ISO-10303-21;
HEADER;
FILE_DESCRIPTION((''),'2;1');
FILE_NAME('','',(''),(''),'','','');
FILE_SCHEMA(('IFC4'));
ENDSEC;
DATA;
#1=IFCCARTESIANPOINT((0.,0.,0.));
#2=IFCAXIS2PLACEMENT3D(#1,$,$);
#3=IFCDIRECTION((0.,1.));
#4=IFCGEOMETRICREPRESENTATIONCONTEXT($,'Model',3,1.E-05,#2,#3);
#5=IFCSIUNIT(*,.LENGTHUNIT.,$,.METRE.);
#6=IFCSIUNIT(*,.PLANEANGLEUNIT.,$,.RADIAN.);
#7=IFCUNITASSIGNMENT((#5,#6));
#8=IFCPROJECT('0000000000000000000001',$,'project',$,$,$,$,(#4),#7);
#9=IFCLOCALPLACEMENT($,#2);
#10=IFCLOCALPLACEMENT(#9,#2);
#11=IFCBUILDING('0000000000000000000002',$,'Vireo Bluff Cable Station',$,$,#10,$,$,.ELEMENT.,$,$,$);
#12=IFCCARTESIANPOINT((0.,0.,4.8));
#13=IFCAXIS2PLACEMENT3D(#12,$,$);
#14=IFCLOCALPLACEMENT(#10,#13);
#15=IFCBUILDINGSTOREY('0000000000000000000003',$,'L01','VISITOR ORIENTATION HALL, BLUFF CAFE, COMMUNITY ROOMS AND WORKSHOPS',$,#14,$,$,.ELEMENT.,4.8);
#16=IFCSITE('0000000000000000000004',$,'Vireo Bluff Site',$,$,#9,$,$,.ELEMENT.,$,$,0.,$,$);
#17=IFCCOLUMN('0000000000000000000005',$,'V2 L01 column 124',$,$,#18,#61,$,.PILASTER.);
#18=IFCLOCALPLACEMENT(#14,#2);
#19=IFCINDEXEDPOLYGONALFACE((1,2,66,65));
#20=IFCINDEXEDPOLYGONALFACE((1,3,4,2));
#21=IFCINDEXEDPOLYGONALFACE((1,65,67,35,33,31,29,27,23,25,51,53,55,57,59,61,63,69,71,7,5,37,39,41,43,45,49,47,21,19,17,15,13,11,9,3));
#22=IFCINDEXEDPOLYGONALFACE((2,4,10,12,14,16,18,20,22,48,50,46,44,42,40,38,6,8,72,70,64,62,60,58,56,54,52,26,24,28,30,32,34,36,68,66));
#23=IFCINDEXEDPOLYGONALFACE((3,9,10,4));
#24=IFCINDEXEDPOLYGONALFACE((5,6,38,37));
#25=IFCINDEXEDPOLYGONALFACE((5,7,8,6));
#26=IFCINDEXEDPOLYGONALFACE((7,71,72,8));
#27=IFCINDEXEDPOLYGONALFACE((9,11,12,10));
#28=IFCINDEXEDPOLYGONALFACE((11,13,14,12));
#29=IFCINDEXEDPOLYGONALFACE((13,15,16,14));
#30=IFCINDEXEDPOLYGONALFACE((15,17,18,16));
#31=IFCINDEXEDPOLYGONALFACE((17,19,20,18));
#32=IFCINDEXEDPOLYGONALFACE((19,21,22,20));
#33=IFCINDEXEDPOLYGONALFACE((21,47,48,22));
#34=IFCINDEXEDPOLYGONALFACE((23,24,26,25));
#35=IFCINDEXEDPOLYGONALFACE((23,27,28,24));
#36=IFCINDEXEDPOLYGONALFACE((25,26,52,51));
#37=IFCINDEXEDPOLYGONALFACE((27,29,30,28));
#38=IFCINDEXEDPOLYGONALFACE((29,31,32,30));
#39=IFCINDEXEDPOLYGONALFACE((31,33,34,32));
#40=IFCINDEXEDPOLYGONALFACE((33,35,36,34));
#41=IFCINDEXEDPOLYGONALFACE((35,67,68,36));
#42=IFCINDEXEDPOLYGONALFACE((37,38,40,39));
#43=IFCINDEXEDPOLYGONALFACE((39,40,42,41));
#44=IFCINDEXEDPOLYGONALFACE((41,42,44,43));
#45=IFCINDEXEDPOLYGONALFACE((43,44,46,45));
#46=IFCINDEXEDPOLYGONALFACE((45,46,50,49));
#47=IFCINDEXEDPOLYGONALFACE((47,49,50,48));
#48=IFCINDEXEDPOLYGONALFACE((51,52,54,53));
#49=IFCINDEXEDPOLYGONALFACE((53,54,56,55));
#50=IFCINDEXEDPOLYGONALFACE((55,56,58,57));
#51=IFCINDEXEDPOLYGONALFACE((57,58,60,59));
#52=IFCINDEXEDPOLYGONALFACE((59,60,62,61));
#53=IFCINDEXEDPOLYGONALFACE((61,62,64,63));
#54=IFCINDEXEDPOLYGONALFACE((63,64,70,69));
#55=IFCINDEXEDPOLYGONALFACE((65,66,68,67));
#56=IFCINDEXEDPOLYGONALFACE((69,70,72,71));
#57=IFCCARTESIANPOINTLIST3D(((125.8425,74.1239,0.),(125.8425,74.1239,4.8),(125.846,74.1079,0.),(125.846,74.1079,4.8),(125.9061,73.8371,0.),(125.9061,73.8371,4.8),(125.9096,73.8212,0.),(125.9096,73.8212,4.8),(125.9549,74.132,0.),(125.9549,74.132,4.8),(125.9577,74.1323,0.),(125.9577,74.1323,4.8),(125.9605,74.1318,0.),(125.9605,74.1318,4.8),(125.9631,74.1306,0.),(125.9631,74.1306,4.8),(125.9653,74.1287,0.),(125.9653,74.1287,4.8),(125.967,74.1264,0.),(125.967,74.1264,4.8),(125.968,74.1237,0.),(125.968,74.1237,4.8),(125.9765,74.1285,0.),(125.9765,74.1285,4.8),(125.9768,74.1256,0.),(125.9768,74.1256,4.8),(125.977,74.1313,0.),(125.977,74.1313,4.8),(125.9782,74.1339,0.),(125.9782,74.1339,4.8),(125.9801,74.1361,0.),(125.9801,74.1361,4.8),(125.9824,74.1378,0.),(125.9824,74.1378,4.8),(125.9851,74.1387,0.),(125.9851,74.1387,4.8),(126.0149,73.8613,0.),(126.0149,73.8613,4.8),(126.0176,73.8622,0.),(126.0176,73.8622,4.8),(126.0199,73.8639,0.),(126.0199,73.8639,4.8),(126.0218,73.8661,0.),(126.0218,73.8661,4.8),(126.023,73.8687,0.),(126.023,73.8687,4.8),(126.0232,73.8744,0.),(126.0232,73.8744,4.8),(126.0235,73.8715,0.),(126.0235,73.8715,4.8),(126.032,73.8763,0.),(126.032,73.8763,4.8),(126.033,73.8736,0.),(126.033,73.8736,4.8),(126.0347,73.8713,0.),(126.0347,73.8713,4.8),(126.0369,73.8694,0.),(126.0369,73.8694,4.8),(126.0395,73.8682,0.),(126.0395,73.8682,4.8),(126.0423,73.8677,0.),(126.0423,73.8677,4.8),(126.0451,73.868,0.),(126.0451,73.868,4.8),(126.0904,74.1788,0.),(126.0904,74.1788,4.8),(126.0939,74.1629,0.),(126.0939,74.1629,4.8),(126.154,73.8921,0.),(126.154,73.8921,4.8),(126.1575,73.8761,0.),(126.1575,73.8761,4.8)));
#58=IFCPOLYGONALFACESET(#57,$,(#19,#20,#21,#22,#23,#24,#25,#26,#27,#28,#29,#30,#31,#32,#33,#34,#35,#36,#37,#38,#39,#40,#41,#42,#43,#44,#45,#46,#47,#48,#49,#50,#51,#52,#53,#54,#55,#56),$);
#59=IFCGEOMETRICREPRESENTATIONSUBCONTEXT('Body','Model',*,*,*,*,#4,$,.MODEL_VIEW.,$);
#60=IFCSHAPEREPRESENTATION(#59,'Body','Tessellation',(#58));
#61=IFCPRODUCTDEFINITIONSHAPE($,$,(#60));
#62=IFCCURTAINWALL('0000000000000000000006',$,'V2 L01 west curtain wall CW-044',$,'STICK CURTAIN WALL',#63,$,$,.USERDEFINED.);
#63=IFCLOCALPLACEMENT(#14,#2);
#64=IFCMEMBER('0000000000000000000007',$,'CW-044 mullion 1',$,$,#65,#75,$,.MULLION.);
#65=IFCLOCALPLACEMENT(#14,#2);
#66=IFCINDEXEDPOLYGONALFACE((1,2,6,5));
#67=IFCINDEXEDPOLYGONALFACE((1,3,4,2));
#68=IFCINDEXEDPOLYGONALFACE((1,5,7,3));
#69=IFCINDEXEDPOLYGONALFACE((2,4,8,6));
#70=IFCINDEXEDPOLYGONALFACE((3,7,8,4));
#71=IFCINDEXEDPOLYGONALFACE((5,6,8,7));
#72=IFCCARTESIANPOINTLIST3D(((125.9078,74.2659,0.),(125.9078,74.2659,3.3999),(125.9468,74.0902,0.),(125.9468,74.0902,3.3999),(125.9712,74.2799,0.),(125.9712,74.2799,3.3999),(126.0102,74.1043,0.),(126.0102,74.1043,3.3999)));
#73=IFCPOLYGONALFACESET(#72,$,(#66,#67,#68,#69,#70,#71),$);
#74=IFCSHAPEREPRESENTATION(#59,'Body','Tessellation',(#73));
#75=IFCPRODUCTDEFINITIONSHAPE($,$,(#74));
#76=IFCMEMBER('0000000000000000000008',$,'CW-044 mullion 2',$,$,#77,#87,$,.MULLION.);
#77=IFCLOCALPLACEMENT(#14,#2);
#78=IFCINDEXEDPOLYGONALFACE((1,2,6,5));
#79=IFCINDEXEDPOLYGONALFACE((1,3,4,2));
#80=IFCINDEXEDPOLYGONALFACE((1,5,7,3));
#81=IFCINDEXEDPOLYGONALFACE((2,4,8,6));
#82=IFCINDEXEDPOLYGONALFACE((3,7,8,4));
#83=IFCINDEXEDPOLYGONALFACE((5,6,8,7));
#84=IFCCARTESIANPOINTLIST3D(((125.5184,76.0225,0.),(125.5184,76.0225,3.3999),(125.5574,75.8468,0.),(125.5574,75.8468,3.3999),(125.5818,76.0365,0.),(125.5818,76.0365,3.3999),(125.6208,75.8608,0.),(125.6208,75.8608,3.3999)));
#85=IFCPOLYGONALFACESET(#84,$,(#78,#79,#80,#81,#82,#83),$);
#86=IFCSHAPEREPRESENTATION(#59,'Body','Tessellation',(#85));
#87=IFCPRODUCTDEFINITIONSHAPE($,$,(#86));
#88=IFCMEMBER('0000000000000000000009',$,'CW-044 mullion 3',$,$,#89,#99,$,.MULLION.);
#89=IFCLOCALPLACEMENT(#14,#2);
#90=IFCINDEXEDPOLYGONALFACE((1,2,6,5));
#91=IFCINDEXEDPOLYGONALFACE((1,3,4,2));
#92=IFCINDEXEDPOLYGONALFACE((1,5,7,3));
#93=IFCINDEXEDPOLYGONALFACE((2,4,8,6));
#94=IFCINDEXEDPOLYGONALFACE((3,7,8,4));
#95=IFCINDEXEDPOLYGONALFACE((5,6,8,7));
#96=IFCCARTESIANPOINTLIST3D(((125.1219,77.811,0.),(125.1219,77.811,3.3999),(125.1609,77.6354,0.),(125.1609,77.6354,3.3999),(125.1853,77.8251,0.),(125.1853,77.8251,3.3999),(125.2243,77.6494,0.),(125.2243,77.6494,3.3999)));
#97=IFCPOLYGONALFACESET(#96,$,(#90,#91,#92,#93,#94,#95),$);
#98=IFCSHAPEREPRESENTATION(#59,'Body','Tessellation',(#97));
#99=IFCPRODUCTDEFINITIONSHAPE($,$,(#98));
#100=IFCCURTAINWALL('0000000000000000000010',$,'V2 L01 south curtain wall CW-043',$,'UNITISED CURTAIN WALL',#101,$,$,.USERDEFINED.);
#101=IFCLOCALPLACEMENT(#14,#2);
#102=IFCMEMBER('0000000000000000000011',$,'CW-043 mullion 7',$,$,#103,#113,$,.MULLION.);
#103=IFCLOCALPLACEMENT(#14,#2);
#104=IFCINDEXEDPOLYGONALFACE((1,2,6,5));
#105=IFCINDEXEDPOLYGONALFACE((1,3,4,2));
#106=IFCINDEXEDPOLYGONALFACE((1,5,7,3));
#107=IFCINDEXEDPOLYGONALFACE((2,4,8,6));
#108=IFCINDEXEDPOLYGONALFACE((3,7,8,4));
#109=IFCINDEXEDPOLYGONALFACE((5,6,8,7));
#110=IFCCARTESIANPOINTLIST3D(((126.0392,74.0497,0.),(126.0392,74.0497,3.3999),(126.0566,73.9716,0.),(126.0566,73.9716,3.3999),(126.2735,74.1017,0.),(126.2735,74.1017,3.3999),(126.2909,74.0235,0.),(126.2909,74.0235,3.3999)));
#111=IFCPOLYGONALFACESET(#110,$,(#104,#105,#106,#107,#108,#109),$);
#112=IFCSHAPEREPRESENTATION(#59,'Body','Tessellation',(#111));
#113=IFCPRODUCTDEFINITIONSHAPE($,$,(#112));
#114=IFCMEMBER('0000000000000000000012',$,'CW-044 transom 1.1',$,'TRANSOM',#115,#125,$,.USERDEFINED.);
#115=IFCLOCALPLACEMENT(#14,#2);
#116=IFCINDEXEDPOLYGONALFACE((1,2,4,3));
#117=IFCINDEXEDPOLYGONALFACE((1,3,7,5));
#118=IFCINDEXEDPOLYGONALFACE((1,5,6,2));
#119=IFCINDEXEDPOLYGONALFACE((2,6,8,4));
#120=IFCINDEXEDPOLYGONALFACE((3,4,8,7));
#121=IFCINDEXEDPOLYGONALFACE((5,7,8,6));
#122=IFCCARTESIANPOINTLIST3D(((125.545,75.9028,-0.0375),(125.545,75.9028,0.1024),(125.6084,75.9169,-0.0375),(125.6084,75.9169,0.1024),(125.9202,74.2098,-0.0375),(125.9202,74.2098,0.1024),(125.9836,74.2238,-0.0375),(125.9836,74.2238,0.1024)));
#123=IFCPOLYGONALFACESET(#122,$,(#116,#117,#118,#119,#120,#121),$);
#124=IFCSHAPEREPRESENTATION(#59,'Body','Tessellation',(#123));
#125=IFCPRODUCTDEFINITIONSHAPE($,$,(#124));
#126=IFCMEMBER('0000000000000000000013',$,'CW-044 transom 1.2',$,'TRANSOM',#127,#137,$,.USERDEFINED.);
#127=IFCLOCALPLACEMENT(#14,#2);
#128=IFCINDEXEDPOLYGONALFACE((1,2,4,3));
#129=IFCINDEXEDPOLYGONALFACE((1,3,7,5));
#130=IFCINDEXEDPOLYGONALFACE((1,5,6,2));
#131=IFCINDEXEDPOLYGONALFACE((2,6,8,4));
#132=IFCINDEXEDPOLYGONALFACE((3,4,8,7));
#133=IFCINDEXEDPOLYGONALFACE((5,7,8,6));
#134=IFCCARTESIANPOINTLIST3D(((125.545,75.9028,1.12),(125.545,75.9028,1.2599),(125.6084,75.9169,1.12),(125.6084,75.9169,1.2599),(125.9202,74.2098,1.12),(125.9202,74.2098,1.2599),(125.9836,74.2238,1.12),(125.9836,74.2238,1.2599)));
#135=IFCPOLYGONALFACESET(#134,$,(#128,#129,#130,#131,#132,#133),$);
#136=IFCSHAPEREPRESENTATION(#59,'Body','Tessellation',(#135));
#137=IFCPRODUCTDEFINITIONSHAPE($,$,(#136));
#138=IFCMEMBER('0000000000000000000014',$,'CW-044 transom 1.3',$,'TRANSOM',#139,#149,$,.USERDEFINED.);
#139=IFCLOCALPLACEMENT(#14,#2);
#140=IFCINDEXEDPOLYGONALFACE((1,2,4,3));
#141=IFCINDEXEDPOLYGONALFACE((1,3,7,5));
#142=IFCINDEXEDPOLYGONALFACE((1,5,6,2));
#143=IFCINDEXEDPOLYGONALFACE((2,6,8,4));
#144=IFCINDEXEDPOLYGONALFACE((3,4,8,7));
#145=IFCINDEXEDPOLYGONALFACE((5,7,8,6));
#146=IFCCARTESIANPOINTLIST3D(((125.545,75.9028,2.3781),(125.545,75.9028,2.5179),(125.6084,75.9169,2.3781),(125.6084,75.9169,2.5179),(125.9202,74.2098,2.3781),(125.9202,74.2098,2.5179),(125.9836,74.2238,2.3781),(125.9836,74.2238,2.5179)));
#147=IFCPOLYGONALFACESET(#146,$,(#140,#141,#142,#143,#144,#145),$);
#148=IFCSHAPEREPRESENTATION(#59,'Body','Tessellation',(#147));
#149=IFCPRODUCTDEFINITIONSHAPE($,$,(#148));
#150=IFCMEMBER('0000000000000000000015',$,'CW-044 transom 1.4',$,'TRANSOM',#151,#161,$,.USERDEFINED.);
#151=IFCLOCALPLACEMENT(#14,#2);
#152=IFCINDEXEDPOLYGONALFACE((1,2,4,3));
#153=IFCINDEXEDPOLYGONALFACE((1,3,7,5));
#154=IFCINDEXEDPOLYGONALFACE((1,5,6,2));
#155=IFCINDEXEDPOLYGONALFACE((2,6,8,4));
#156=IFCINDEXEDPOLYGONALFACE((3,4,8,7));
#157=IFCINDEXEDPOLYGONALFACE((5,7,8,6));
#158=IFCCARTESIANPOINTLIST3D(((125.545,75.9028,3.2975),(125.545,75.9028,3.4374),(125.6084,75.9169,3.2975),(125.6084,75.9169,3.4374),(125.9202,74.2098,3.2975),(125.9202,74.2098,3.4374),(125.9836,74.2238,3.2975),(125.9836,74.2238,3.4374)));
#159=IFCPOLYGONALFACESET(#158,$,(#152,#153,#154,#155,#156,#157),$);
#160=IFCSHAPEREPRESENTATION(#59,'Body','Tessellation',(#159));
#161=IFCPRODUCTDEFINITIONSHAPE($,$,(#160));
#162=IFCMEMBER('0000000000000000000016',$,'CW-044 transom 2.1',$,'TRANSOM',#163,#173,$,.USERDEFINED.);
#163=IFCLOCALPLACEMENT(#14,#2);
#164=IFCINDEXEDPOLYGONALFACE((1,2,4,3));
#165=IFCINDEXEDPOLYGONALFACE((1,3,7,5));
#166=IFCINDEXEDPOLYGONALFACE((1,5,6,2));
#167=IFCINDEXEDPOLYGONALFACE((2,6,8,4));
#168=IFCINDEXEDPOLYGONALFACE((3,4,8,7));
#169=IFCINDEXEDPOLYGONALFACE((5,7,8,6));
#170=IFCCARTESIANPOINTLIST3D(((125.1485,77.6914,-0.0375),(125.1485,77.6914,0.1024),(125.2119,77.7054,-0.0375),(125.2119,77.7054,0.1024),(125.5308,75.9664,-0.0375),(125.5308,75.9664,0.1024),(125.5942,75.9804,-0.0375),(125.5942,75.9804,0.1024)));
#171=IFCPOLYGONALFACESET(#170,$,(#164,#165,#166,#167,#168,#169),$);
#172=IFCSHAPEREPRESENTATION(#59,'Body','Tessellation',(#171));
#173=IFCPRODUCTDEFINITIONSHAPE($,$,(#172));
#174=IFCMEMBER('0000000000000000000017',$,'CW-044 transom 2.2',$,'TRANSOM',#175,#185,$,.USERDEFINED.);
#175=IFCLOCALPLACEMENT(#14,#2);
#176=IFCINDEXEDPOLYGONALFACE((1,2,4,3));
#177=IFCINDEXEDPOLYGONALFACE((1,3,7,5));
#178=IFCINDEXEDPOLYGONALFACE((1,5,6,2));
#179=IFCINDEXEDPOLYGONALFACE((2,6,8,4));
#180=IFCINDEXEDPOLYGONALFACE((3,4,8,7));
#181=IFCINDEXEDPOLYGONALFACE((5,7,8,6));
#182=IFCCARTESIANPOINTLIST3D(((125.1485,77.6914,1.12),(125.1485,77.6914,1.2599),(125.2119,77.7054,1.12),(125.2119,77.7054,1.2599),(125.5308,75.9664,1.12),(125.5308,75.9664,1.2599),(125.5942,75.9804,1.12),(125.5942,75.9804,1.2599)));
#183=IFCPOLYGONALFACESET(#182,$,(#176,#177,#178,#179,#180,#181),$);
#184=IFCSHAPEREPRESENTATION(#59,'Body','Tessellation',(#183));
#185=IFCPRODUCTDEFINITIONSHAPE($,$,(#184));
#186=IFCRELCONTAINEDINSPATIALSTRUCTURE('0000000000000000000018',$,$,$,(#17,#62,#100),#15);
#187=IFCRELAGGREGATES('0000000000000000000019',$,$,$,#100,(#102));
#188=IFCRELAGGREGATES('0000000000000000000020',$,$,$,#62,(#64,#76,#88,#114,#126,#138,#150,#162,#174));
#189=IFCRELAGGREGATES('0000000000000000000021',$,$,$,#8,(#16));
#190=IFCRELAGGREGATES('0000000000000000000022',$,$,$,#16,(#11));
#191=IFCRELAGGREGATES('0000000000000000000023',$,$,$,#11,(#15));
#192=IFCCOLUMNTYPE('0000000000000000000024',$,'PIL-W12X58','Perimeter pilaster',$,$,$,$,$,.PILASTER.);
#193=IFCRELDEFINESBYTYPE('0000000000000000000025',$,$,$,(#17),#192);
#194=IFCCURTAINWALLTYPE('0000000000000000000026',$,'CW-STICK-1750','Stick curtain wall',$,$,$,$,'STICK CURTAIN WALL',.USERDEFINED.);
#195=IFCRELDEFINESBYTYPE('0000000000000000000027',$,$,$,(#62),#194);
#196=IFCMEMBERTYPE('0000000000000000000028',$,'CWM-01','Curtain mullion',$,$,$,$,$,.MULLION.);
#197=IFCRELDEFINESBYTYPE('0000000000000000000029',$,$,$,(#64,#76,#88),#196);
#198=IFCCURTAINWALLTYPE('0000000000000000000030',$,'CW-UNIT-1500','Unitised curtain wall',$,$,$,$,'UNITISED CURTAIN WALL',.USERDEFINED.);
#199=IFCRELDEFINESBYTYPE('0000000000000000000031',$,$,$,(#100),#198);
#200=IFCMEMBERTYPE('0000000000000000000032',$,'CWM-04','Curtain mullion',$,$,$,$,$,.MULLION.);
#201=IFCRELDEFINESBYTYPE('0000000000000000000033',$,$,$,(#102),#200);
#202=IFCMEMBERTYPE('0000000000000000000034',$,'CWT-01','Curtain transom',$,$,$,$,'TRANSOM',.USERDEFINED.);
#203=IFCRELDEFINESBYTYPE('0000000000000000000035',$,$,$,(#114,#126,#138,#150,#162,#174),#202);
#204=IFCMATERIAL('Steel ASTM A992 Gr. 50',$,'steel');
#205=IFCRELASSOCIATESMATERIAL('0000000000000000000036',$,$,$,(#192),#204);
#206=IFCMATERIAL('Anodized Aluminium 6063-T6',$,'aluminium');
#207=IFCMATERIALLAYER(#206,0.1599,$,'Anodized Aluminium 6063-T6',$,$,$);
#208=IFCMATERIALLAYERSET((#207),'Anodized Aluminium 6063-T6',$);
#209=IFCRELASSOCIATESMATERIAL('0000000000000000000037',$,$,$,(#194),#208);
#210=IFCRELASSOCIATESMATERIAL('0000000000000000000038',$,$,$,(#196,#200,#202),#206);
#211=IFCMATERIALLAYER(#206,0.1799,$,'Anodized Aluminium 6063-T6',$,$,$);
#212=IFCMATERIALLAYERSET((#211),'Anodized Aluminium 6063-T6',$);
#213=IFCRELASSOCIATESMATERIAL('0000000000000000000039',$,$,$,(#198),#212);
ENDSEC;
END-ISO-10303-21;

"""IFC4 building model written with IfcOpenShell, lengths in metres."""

from ifc_helpers import new_model, si_unit, direction, frame, origin, origin_2d, place, context, subcontext, project, spatial, rectangle, i_section, extrude, material, layer, layer_set, material_profile, profile_set, type_object, element, aggregate, save


model = new_model("IFC4")

# Units and contexts
model_context = context("Model", 3, precision=1e-05, world=origin(), true_north=direction((0.0, 1.0)))
body_context = subcontext(model_context, "Body", "Model", "MODEL_VIEW")
ifc_project = project(units=[si_unit("LENGTHUNIT", "METRE"), si_unit("PLANEANGLEUNIT", "RADIAN")], contexts=[model_context])

# Site, building, storey
site_placement = place(None, origin())
site = spatial("IfcSite", under=ifc_project, at=site_placement, Name="Vireo Bluff Site", CompositionType="ELEMENT", RefElevation=0.0)
building_placement = place(site_placement, origin())
building = spatial("IfcBuilding", under=site, at=building_placement, Name="Vireo Bluff Cable Station", CompositionType="ELEMENT")
storey_placement = place(building_placement, frame((0.0, 0.0, 4.8)))
storey = spatial("IfcBuildingStorey", under=building, at=storey_placement, Name="L01", Description="VISITOR ORIENTATION HALL, BLUFF CAFE, COMMUNITY ROOMS AND WORKSHOPS", CompositionType="ELEMENT", Elevation=4.8)

# Column
ifc_material_1 = material(Name="Steel ASTM A992 Gr. 50", Category="steel")
ifc_material_profile_1 = material_profile(ifc_material_1, i_section(OverallWidth=0.2539, OverallDepth=0.3101, WebThickness=0.009, FlangeThickness=0.0164, FilletRadius=0.011, at=origin_2d()), Name="W12X58")
ifc_profile_set_1 = profile_set([ifc_material_profile_1], Name="Steel ASTM A992 Gr. 50")
column_type = type_object("IfcColumnType", Name="PIL-W12X58", Description="Perimeter pilaster", PredefinedType="PILASTER", material=ifc_profile_set_1)
column_placement = place(storey_placement, frame((126.0, 74.0, 0.0), z_axis=(0.0, 0.0, 1.0), x_axis=(0.976296, 0.21644, 0.0)))
element("IfcColumn", 1, at=column_placement, inside=storey, type_object=column_type, Name="V2 L01 column 124", PredefinedType="PILASTER", context=body_context, shape_type="SweptSolid", body=[
    extrude(i_section(OverallWidth=0.2539, OverallDepth=0.3101, WebThickness=0.009, FlangeThickness=0.0164, FilletRadius=0.011, at=origin_2d()), origin(), (0.0, 0.0, 1.0), 4.8),
])

# Curtain wall, members
ifc_material_2 = material(Name="Anodized Aluminium 6063-T6", Category="aluminium")
ifc_layer_1 = layer(ifc_material_2, 0.1599, Name="Anodized Aluminium 6063-T6")
ifc_layer_set_1 = layer_set([ifc_layer_1], Name="Anodized Aluminium 6063-T6")
curtain_wall_type_1 = type_object("IfcCurtainWallType", Name="CW-STICK-1750", Description="Stick curtain wall", ElementType="STICK CURTAIN WALL", PredefinedType="USERDEFINED", material=ifc_layer_set_1)
curtain_wall_1_placement = place(storey_placement, origin())
curtain_wall_1 = element("IfcCurtainWall", 2, at=curtain_wall_1_placement, inside=storey, type_object=curtain_wall_type_1, Name="V2 L01 west curtain wall CW-044", ObjectType="STICK CURTAIN WALL", PredefinedType="USERDEFINED")
ifc_material_profile_2 = material_profile(ifc_material_2, rectangle(XDim=0.0649, YDim=0.1799, at=origin_2d()), Name="ALU-M-65X180")
ifc_profile_set_2 = profile_set([ifc_material_profile_2], Name="Anodized Aluminium 6063-T6")
member_type_1 = type_object("IfcMemberType", Name="CWM-01", Description="Curtain mullion", PredefinedType="MULLION", material=ifc_profile_set_2)
member_1_placement = place(storey_placement, frame((125.959, 74.1851, 0.0), z_axis=(0.0, 0.0, 1.0), x_axis=(-0.976296, -0.21644, 0.0)))
member_1 = element("IfcMember", 3, at=member_1_placement, type_object=member_type_1, Name="CW-044 mullion 1", PredefinedType="MULLION", context=body_context, shape_type="SweptSolid", body=[
    extrude(rectangle(XDim=0.0649, YDim=0.1799, at=origin_2d()), origin(), (0.0, 0.0, 1.0), 3.3999),
])
member_2_placement = place(storey_placement, frame((125.5696, 75.9417, 0.0), z_axis=(0.0, 0.0, 1.0), x_axis=(-0.976296, -0.21644, 0.0)))
member_2 = element("IfcMember", 4, at=member_2_placement, type_object=member_type_1, Name="CW-044 mullion 2", PredefinedType="MULLION", context=body_context, shape_type="SweptSolid", body=[
    extrude(rectangle(XDim=0.0649, YDim=0.1799, at=origin_2d()), origin(), (0.0, 0.0, 1.0), 3.3999),
])
member_3_placement = place(storey_placement, frame((125.1731, 77.7302, 0.0), z_axis=(0.0, 0.0, 1.0), x_axis=(-0.976296, -0.21644, 0.0)))
member_3 = element("IfcMember", 5, at=member_3_placement, type_object=member_type_1, Name="CW-044 mullion 3", PredefinedType="MULLION", context=body_context, shape_type="SweptSolid", body=[
    extrude(rectangle(XDim=0.0649, YDim=0.1799, at=origin_2d()), origin(), (0.0, 0.0, 1.0), 3.3999),
])

# Curtain wall, member
ifc_layer_2 = layer(ifc_material_2, 0.1799, Name="Anodized Aluminium 6063-T6")
ifc_layer_set_2 = layer_set([ifc_layer_2], Name="Anodized Aluminium 6063-T6")
curtain_wall_type_2 = type_object("IfcCurtainWallType", Name="CW-UNIT-1500", Description="Unitised curtain wall", ElementType="UNITISED CURTAIN WALL", PredefinedType="USERDEFINED", material=ifc_layer_set_2)
curtain_wall_2_placement = place(storey_placement, origin())
curtain_wall_2 = element("IfcCurtainWall", 6, at=curtain_wall_2_placement, inside=storey, type_object=curtain_wall_type_2, Name="V2 L01 south curtain wall CW-043", ObjectType="UNITISED CURTAIN WALL", PredefinedType="USERDEFINED")
ifc_material_profile_3 = material_profile(ifc_material_2, rectangle(XDim=0.0801, YDim=0.24, at=origin_2d()), Name="ALU-M-80X240")
ifc_profile_set_3 = profile_set([ifc_material_profile_3], Name="Anodized Aluminium 6063-T6")
member_type_2 = type_object("IfcMemberType", Name="CWM-04", Description="Curtain mullion", PredefinedType="MULLION", material=ifc_profile_set_3)
member_4_placement = place(storey_placement, frame((126.165, 74.0366, 0.0), z_axis=(0.0, 0.0, 1.0), x_axis=(0.21644, -0.976296, 0.0)))
member_4 = element("IfcMember", 7, at=member_4_placement, type_object=member_type_2, Name="CW-043 mullion 7", PredefinedType="MULLION", context=body_context, shape_type="SweptSolid", body=[
    extrude(rectangle(XDim=0.0801, YDim=0.24, at=origin_2d()), origin(), (0.0, 0.0, 1.0), 3.3999),
])
aggregate(curtain_wall_2, [member_4])

# Members
ifc_material_profile_4 = material_profile(ifc_material_2, rectangle(XDim=0.0649, YDim=0.1399, at=origin_2d()), Name="ALU-T-65X140")
ifc_profile_set_4 = profile_set([ifc_material_profile_4], Name="Anodized Aluminium 6063-T6")
member_type_3 = type_object("IfcMemberType", Name="CWT-01", Description="Curtain transom", ElementType="TRANSOM", PredefinedType="USERDEFINED", material=ifc_profile_set_4)
member_5_placement = place(storey_placement, frame((125.9519, 74.2168, 0.0325), z_axis=(-0.216379, 0.976309, 0.0), x_axis=(-0.976309, -0.216379, 0.0)))
member_5 = element("IfcMember", 8, at=member_5_placement, type_object=member_type_3, Name="CW-044 transom 1.1", ObjectType="TRANSOM", PredefinedType="USERDEFINED", context=body_context, shape_type="SweptSolid", body=[
    extrude(rectangle(XDim=0.0649, YDim=0.1399, at=origin_2d()), origin(), (0.0, 0.0, 1.0), 1.7341),
])
member_6_placement = place(storey_placement, frame((125.9519, 74.2168, 1.1899), z_axis=(-0.216379, 0.976309, 0.0), x_axis=(-0.976309, -0.216379, 0.0)))
member_6 = element("IfcMember", 9, at=member_6_placement, type_object=member_type_3, Name="CW-044 transom 1.2", ObjectType="TRANSOM", PredefinedType="USERDEFINED", context=body_context, shape_type="SweptSolid", body=[
    extrude(rectangle(XDim=0.0649, YDim=0.1399, at=origin_2d()), origin(), (0.0, 0.0, 1.0), 1.7341),
])
member_7_placement = place(storey_placement, frame((125.9519, 74.2168, 2.448), z_axis=(-0.216379, 0.976309, 0.0), x_axis=(-0.976309, -0.216379, 0.0)))
member_7 = element("IfcMember", 10, at=member_7_placement, type_object=member_type_3, Name="CW-044 transom 1.3", ObjectType="TRANSOM", PredefinedType="USERDEFINED", context=body_context, shape_type="SweptSolid", body=[
    extrude(rectangle(XDim=0.0649, YDim=0.1399, at=origin_2d()), origin(), (0.0, 0.0, 1.0), 1.7341),
])
member_8_placement = place(storey_placement, frame((125.9519, 74.2168, 3.3674), z_axis=(-0.216379, 0.976309, 0.0), x_axis=(-0.976309, -0.216379, 0.0)))
member_8 = element("IfcMember", 11, at=member_8_placement, type_object=member_type_3, Name="CW-044 transom 1.4", ObjectType="TRANSOM", PredefinedType="USERDEFINED", context=body_context, shape_type="SweptSolid", body=[
    extrude(rectangle(XDim=0.0649, YDim=0.1399, at=origin_2d()), origin(), (0.0, 0.0, 1.0), 1.7341),
])
member_9_placement = place(storey_placement, frame((125.5625, 75.9734, 0.0325), z_axis=(-0.216374, 0.97631, 0.0), x_axis=(-0.97631, -0.216374, 0.0)))
member_9 = element("IfcMember", 12, at=member_9_placement, type_object=member_type_3, Name="CW-044 transom 2.1", ObjectType="TRANSOM", PredefinedType="USERDEFINED", context=body_context, shape_type="SweptSolid", body=[
    extrude(rectangle(XDim=0.0649, YDim=0.1399, at=origin_2d()), origin(), (0.0, 0.0, 1.0), 1.7668),
])
member_10_placement = place(storey_placement, frame((125.5625, 75.9734, 1.1899), z_axis=(-0.216374, 0.97631, 0.0), x_axis=(-0.97631, -0.216374, 0.0)))
member_10 = element("IfcMember", 13, at=member_10_placement, type_object=member_type_3, Name="CW-044 transom 2.2", ObjectType="TRANSOM", PredefinedType="USERDEFINED", context=body_context, shape_type="SweptSolid", body=[
    extrude(rectangle(XDim=0.0649, YDim=0.1399, at=origin_2d()), origin(), (0.0, 0.0, 1.0), 1.7668),
])

aggregate(curtain_wall_1, [member_1, member_2, member_3, member_5, member_6, member_7, member_8, member_9, member_10])

save(model, "model.ifc")
